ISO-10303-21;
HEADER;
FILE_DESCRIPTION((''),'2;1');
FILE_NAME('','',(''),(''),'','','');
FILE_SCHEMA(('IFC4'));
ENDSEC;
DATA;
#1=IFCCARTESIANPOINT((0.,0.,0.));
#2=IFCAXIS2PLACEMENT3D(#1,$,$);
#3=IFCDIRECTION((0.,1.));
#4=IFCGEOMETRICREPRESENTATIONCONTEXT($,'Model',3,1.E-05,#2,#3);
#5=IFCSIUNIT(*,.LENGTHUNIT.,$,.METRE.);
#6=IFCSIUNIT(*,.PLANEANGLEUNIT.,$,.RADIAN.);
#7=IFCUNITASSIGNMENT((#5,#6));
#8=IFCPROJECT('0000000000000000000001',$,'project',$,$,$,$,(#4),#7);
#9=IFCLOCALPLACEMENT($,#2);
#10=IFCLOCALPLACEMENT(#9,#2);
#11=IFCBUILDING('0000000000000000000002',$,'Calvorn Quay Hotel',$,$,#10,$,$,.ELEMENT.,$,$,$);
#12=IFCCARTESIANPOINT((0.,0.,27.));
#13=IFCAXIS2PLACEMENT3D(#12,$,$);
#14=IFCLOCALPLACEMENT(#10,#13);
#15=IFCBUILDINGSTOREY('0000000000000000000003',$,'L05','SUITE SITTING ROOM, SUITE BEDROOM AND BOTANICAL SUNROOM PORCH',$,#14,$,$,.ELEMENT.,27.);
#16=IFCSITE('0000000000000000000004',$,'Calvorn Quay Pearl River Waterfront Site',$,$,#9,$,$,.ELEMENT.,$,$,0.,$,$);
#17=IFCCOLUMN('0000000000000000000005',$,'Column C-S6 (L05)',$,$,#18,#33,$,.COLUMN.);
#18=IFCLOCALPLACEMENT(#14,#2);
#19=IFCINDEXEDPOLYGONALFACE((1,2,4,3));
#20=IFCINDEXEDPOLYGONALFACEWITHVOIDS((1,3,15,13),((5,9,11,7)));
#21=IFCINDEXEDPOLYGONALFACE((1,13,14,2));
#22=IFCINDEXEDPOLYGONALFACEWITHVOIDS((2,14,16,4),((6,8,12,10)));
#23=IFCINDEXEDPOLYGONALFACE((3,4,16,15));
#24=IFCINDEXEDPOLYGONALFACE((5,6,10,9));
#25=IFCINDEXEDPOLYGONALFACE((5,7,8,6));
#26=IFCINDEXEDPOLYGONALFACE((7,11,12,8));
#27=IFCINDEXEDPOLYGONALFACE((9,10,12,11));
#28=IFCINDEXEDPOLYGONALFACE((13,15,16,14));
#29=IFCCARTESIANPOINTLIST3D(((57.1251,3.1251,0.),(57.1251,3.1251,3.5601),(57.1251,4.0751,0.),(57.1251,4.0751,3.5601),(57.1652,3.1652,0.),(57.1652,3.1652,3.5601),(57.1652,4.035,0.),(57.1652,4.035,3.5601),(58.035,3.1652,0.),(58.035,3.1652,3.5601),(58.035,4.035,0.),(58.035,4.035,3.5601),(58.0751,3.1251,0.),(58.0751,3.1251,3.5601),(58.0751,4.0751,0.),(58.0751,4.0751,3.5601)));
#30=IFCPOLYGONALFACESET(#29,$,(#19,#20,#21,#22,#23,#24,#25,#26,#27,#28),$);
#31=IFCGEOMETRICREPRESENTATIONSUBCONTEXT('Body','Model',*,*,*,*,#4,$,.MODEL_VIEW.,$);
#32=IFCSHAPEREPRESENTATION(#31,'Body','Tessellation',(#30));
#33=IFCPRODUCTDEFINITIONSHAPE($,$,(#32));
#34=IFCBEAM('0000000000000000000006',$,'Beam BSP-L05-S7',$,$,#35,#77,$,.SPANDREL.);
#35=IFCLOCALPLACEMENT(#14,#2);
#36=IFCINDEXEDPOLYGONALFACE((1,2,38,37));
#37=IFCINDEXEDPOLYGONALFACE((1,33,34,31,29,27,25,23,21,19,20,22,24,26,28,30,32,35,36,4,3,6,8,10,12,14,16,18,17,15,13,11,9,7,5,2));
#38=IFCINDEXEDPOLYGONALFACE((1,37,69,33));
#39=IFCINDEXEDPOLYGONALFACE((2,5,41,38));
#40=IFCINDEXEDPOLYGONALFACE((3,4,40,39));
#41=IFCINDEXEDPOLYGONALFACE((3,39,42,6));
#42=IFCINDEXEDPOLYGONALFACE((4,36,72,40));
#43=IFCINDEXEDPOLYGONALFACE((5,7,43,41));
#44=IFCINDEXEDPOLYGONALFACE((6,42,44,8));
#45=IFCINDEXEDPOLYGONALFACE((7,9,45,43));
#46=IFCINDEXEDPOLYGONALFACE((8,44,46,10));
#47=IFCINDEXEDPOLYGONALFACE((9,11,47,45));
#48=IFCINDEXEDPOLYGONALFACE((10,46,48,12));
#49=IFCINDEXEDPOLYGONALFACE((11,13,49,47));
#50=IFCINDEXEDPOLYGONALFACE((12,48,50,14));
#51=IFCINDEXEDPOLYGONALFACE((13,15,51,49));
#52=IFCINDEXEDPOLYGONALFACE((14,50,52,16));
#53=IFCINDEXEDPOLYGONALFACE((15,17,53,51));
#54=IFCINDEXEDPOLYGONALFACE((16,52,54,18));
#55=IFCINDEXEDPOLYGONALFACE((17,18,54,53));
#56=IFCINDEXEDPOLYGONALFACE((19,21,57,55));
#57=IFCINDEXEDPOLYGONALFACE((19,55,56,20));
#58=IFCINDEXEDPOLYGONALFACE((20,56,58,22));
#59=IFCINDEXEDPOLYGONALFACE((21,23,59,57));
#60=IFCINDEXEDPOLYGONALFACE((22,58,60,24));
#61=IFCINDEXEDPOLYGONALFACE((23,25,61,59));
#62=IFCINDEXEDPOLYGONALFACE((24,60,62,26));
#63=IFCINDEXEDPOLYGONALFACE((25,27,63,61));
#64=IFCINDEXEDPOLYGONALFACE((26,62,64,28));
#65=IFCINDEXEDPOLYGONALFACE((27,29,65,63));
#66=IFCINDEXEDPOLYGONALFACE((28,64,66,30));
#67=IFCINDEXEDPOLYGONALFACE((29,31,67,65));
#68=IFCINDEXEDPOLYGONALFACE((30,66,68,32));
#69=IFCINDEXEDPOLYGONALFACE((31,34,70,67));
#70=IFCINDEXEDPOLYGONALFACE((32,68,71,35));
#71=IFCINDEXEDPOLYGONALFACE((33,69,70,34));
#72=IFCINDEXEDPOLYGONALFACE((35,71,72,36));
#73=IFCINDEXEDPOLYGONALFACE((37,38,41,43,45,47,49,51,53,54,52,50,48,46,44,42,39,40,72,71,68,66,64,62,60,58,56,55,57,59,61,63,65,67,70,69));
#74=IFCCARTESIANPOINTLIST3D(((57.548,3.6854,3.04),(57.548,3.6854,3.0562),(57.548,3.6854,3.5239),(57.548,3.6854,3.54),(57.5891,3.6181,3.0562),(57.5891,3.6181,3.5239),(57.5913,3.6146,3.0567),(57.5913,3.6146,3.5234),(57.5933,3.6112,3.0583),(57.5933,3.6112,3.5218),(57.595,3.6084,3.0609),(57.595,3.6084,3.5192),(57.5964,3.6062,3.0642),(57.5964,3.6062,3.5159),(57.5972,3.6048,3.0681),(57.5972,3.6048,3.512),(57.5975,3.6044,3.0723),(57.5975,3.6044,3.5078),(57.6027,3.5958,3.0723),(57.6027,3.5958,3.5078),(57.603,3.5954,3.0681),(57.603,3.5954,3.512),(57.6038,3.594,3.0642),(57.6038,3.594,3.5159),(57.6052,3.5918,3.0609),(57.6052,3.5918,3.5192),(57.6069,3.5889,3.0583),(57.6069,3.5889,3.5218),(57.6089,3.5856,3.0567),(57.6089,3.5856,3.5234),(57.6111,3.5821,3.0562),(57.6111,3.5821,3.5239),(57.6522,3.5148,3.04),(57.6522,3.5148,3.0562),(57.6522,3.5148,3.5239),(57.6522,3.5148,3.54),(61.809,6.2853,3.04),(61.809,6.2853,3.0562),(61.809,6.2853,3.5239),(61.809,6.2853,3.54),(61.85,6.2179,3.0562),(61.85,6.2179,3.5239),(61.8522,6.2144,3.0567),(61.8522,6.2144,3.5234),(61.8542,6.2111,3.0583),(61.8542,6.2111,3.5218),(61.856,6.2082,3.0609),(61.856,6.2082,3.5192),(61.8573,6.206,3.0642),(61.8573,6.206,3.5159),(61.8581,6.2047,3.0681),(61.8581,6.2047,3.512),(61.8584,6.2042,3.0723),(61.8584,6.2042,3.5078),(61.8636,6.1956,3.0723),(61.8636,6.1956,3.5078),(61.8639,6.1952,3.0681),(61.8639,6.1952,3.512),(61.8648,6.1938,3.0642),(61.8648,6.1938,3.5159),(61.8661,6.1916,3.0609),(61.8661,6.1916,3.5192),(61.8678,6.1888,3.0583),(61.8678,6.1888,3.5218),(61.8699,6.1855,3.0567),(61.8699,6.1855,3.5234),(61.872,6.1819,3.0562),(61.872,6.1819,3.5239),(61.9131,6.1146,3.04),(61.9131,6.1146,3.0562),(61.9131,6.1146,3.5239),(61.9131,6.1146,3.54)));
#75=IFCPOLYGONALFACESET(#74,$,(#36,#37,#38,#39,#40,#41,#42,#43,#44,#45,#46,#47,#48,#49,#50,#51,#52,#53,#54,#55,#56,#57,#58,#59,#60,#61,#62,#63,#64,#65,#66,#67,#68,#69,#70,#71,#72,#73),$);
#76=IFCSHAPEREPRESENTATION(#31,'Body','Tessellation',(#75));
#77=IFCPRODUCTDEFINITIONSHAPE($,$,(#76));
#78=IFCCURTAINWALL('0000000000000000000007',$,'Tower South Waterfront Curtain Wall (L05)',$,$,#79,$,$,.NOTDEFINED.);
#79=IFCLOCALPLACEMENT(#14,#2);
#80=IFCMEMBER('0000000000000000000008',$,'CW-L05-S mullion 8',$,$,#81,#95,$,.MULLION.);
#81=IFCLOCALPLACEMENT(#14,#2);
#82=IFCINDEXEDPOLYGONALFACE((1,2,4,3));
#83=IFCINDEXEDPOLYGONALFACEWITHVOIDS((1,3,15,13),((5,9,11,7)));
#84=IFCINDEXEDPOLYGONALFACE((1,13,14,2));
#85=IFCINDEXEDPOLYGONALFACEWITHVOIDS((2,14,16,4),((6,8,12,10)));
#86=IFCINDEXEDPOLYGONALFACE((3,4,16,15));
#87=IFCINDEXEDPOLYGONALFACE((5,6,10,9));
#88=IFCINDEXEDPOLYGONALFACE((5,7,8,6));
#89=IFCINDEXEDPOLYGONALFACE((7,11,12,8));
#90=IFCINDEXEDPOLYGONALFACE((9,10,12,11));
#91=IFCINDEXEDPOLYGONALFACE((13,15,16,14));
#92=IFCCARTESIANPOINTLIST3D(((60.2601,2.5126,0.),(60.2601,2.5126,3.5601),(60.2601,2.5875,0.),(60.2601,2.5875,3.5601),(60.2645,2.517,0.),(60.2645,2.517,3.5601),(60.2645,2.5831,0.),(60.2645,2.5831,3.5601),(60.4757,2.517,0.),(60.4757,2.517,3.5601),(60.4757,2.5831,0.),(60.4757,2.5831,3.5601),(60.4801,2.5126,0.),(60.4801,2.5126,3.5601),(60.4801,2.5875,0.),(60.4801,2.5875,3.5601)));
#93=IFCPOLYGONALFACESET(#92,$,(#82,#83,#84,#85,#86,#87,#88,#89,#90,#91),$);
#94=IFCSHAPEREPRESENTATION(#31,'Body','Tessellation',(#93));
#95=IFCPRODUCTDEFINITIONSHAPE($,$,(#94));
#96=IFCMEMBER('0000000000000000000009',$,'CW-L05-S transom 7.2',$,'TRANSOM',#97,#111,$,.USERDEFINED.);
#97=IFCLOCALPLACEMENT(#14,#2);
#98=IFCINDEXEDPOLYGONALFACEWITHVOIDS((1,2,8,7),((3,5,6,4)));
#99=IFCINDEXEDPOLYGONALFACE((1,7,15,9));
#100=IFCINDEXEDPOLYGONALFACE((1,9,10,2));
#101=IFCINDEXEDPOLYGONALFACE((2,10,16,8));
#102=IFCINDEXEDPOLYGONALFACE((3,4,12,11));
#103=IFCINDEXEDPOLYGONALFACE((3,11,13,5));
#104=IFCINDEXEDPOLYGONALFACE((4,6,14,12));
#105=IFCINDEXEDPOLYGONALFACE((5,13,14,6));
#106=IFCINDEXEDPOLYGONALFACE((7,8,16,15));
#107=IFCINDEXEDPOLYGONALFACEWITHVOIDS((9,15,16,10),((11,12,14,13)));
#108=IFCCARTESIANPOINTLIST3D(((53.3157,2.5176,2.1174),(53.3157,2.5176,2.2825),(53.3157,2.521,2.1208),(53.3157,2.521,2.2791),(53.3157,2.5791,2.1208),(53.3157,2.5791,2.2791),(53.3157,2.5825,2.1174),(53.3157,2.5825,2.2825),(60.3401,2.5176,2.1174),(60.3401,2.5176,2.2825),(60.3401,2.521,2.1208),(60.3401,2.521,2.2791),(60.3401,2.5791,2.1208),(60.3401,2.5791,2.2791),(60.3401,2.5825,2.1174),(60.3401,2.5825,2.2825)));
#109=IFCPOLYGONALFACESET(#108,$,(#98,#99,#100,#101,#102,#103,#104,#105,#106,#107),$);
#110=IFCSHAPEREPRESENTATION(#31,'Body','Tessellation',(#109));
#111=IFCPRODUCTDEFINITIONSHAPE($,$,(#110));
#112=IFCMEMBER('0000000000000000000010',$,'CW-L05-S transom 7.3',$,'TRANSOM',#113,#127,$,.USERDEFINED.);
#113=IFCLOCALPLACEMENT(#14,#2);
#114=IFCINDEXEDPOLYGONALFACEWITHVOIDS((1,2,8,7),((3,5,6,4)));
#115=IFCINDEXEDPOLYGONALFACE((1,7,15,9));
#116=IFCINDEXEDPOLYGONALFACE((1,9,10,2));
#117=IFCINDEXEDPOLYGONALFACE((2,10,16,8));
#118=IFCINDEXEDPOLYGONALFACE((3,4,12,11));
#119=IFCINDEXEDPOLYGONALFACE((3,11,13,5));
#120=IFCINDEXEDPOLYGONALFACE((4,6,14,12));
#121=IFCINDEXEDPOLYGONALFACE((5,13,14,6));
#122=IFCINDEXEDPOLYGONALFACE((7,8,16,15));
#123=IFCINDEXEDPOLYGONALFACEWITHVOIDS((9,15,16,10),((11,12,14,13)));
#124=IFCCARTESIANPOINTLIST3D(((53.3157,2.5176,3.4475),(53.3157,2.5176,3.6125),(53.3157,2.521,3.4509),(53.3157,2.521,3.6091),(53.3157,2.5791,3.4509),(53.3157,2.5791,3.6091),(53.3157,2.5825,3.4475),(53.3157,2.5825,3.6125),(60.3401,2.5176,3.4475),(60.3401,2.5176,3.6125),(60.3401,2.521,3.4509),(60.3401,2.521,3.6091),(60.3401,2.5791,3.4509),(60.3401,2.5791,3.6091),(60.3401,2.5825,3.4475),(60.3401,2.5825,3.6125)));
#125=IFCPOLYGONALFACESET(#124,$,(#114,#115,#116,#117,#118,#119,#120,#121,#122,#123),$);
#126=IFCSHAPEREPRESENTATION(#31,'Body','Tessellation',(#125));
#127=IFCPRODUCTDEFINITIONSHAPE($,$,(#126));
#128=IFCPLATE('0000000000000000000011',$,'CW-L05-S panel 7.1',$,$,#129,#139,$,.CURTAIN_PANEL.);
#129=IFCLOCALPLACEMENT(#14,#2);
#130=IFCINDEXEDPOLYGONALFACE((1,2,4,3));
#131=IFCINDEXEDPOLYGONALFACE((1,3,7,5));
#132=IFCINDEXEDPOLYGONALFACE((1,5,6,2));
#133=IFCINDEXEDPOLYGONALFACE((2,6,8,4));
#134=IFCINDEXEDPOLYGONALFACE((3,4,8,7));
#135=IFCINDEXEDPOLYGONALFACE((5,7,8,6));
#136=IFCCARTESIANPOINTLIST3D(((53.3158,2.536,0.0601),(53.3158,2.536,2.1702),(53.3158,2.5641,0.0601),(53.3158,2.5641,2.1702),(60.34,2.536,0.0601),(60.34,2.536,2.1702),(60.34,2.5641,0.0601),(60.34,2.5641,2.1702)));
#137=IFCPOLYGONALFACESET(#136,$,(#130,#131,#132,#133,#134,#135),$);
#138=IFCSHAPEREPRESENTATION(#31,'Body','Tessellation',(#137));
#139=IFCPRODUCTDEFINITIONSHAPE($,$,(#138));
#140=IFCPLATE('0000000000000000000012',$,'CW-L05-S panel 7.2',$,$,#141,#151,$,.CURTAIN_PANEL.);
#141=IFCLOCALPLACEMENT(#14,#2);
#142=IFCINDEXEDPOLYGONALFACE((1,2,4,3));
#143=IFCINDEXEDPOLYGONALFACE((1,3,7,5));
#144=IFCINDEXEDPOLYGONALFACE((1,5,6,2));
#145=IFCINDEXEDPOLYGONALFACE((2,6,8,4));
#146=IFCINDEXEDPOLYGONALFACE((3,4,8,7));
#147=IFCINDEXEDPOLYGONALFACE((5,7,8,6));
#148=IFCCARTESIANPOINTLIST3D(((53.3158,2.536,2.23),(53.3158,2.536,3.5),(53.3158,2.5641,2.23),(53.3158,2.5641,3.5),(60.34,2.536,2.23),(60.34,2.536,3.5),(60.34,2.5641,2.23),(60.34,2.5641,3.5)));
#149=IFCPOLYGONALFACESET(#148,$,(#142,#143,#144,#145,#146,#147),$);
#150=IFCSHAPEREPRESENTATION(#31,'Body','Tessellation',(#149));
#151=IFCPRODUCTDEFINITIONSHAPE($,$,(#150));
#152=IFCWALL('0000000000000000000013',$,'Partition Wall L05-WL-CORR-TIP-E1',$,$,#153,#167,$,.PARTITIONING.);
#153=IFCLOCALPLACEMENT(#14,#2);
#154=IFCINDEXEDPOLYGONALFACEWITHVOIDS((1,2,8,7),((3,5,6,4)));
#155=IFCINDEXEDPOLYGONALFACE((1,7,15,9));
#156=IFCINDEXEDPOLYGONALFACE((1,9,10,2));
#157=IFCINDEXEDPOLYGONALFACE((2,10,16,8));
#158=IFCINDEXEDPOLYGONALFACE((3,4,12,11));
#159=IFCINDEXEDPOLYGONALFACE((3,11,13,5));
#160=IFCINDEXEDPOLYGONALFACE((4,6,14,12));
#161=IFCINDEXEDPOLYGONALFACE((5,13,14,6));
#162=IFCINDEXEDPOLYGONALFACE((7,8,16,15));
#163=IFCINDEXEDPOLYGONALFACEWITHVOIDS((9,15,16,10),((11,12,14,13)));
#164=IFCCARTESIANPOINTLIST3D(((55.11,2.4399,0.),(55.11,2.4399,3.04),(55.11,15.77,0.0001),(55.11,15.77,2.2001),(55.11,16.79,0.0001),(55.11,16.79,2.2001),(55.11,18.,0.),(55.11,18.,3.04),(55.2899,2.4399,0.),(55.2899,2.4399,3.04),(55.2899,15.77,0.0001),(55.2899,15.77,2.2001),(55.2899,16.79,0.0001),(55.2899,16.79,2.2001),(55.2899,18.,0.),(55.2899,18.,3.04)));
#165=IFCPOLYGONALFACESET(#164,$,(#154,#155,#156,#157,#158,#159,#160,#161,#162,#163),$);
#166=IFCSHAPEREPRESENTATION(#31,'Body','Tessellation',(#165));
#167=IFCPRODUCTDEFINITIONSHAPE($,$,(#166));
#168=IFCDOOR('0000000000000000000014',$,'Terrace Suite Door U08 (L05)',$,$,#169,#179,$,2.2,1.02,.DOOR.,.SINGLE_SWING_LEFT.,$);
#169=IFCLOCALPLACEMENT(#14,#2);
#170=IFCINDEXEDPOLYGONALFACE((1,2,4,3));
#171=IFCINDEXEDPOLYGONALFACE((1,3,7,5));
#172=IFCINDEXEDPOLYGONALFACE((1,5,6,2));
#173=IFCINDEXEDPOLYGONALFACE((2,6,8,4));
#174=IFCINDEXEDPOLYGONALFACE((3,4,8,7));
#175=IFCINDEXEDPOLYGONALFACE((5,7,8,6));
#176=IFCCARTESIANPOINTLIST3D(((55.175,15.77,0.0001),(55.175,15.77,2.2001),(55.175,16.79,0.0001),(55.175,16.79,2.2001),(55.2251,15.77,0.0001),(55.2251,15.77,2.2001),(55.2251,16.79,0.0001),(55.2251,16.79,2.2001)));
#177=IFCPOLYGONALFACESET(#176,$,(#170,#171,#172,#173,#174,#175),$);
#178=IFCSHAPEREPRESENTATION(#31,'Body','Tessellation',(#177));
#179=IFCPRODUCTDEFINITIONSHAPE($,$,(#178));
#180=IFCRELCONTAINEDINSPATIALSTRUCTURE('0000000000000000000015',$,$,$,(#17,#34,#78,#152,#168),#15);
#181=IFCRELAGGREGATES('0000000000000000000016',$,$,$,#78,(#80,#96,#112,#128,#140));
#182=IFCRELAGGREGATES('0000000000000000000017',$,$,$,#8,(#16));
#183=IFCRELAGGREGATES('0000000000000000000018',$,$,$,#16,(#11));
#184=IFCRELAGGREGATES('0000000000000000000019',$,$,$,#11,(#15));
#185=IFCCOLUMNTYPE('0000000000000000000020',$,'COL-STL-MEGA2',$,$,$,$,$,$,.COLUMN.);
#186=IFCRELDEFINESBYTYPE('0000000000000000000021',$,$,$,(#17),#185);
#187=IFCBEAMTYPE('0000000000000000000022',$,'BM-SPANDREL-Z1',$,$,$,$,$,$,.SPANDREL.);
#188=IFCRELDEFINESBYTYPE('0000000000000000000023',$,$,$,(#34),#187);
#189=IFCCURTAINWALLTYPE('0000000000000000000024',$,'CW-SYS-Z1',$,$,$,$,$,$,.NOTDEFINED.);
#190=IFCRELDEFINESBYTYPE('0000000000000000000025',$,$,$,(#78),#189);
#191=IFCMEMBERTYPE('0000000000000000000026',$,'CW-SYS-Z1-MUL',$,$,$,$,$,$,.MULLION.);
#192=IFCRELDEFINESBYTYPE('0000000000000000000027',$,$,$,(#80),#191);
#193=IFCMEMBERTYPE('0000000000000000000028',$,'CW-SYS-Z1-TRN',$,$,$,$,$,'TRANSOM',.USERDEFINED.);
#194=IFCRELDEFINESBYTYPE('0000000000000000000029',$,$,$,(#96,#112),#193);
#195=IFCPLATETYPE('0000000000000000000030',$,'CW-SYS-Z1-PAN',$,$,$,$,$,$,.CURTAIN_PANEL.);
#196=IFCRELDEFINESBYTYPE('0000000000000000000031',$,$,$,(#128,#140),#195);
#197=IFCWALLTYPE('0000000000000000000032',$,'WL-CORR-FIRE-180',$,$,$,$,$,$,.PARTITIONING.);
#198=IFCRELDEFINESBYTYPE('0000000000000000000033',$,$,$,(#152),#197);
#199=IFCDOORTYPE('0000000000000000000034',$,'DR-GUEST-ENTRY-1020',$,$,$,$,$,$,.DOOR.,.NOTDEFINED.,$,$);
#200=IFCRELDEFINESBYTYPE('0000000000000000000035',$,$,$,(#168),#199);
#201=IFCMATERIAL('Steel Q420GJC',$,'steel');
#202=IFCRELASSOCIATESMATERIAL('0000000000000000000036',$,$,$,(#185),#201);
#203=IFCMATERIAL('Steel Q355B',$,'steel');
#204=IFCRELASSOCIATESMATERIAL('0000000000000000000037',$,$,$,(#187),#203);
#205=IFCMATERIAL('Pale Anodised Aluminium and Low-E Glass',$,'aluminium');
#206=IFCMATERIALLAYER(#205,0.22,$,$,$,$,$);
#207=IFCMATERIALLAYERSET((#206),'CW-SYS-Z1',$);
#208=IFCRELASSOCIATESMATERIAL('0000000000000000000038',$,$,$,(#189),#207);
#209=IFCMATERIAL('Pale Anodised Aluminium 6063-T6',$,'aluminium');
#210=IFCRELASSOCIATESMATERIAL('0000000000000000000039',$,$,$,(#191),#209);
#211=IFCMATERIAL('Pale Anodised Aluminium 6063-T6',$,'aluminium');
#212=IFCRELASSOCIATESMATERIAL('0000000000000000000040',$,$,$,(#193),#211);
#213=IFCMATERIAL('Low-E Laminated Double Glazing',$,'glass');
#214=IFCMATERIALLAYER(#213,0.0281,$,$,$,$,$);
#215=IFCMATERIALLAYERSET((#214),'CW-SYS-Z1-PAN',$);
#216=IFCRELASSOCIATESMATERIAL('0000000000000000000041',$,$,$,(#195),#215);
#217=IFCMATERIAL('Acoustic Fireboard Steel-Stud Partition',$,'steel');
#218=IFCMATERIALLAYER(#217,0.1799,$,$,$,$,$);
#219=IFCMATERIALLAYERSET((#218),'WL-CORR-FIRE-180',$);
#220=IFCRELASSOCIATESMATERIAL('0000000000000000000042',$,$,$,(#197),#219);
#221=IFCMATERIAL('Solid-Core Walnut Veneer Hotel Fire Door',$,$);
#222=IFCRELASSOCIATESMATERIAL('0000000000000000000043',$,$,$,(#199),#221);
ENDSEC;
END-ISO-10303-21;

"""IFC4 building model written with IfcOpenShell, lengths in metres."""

from ifc_helpers import new_model, si_unit, direction, frame, frame_2d, origin, origin_2d, place, context, subcontext, project, spatial, rectangle, hollow_rectangle, i_section, extrude, material, layer, layer_set, material_profile, profile_set, type_object, element, fill, aggregate, save


model = new_model("IFC4")

# Units and contexts
model_context = context("Model", 3, precision=1e-05, world=origin(), true_north=direction((0.0, 1.0)))
body_context = subcontext(model_context, "Body", "Model", "MODEL_VIEW")
ifc_project = project(units=[si_unit("LENGTHUNIT", "METRE"), si_unit("PLANEANGLEUNIT", "RADIAN")], contexts=[model_context])

# Site, building, storey
site_placement = place(None, origin())
site = spatial("IfcSite", under=ifc_project, at=site_placement, Name="Calvorn Quay Pearl River Waterfront Site", CompositionType="ELEMENT", RefElevation=0.0)
building_placement = place(site_placement, origin())
building = spatial("IfcBuilding", under=site, at=building_placement, Name="Calvorn Quay Hotel", CompositionType="ELEMENT")
storey_placement = place(building_placement, frame((0.0, 0.0, 27.0)))
storey = spatial("IfcBuildingStorey", under=building, at=storey_placement, Name="L05", Description="SUITE SITTING ROOM, SUITE BEDROOM AND BOTANICAL SUNROOM PORCH", CompositionType="ELEMENT", Elevation=27.0)

# Column
ifc_material_1 = material(Name="Steel Q420GJC", Category="steel")
ifc_material_profile_1 = material_profile(ifc_material_1, hollow_rectangle(XDim=0.95, YDim=0.95, WallThickness=0.04, at=origin_2d()), Name="BOX950x950x40")
ifc_profile_set_1 = profile_set([ifc_material_profile_1], Name="Steel Q420GJC")
column_type = type_object("IfcColumnType", Name="COL-STL-MEGA2", PredefinedType="COLUMN", material=ifc_profile_set_1)
column_placement = place(storey_placement, frame((57.6001, 3.6001, 0.0), z_axis=(0.0, 0.0, 1.0), x_axis=(1.0, 0.0, 0.0)))
element("IfcColumn", 1, at=column_placement, inside=storey, type_object=column_type, Name="Column C-S6 (L05)", PredefinedType="COLUMN", context=body_context, shape_type="SweptSolid", body=[
    extrude(hollow_rectangle(XDim=0.95, YDim=0.95, WallThickness=0.04, at=origin_2d()), origin(), (0.0, 0.0, 1.0), 3.5601),
])

# Beam
ifc_material_2 = material(Name="Steel Q355B", Category="steel")
ifc_material_profile_2 = material_profile(ifc_material_2, i_section(OverallWidth=0.2, OverallDepth=0.5, WebThickness=0.01, FlangeThickness=0.0161, FilletRadius=0.0161, at=origin_2d()), Name="HN500x200x10x16")
ifc_profile_set_2 = profile_set([ifc_material_profile_2], Name="Steel Q355B")
beam_type = type_object("IfcBeamType", Name="BM-SPANDREL-Z1", PredefinedType="SPANDREL", material=ifc_profile_set_2)
beam_placement = place(storey_placement, frame((57.6001, 3.6001, 3.29), z_axis=(0.853646, 0.520854, 0.0), x_axis=(-0.520854, 0.853646, 0.0)))
element("IfcBeam", 2, at=beam_placement, inside=storey, type_object=beam_type, Name="Beam BSP-L05-S7", PredefinedType="SPANDREL", context=body_context, shape_type="SweptSolid", body=[
    extrude(i_section(OverallWidth=0.2, OverallDepth=0.5, WebThickness=0.01, FlangeThickness=0.0161, FilletRadius=0.0161, at=origin_2d()), origin(), (0.0, 0.0, 1.0), 4.9915),
])

# Curtain wall, members, plates
ifc_material_3 = material(Name="Pale Anodised Aluminium and Low-E Glass", Category="aluminium")
ifc_layer_1 = layer(ifc_material_3, 0.22)
ifc_layer_set_1 = layer_set([ifc_layer_1], Name="CW-SYS-Z1")
curtain_wall_type = type_object("IfcCurtainWallType", Name="CW-SYS-Z1", PredefinedType="NOTDEFINED", material=ifc_layer_set_1)
curtain_wall_placement = place(storey_placement, origin())
curtain_wall = element("IfcCurtainWall", 3, at=curtain_wall_placement, inside=storey, type_object=curtain_wall_type, Name="Tower South Waterfront Curtain Wall (L05)", PredefinedType="NOTDEFINED")
ifc_material_4 = material(Name="Pale Anodised Aluminium 6063-T6", Category="aluminium")
ifc_material_profile_3 = material_profile(ifc_material_4, hollow_rectangle(XDim=0.075, YDim=0.22, WallThickness=0.0044, at=origin_2d()), Name="ALU-M220x75x4.5")
ifc_profile_set_3 = profile_set([ifc_material_profile_3], Name="Pale Anodised Aluminium 6063-T6")
member_type_1 = type_object("IfcMemberType", Name="CW-SYS-Z1-MUL", PredefinedType="MULLION", material=ifc_profile_set_3)
member_1_placement = place(storey_placement, frame((60.3701, 2.55, 0.0), z_axis=(0.0, 0.0, 1.0), x_axis=(0.0, 1.0, 0.0)))
member_1 = element("IfcMember", 4, at=member_1_placement, type_object=member_type_1, Name="CW-L05-S mullion 8", PredefinedType="MULLION", context=body_context, shape_type="SweptSolid", body=[
    extrude(hollow_rectangle(XDim=0.075, YDim=0.22, WallThickness=0.0044, at=origin_2d()), origin(), (0.0, 0.0, 1.0), 3.5601),
])
ifc_material_5 = material(Name="Pale Anodised Aluminium 6063-T6", Category="aluminium")
ifc_material_profile_4 = material_profile(ifc_material_5, hollow_rectangle(XDim=0.0649, YDim=0.165, WallThickness=0.0034, at=origin_2d()), Name="ALU-T165x65x3.5")
ifc_profile_set_4 = profile_set([ifc_material_profile_4], Name="Pale Anodised Aluminium 6063-T6")
member_type_2 = type_object("IfcMemberType", Name="CW-SYS-Z1-TRN", ElementType="TRANSOM", PredefinedType="USERDEFINED", material=ifc_profile_set_4)
member_2_placement = place(storey_placement, frame((53.3157, 2.55, 2.2), z_axis=(1.0, 0.0, 0.0), x_axis=(0.0, 1.0, 0.0)))
member_2 = element("IfcMember", 5, at=member_2_placement, type_object=member_type_2, Name="CW-L05-S transom 7.2", ObjectType="TRANSOM", PredefinedType="USERDEFINED", context=body_context, shape_type="SweptSolid", body=[
    extrude(hollow_rectangle(XDim=0.0649, YDim=0.165, WallThickness=0.0034, at=origin_2d()), origin(), (0.0, 0.0, 1.0), 7.0244),
])
member_3_placement = place(storey_placement, frame((53.3157, 2.55, 3.53), z_axis=(1.0, 0.0, 0.0), x_axis=(0.0, 1.0, 0.0)))
member_3 = element("IfcMember", 6, at=member_3_placement, type_object=member_type_2, Name="CW-L05-S transom 7.3", ObjectType="TRANSOM", PredefinedType="USERDEFINED", context=body_context, shape_type="SweptSolid", body=[
    extrude(hollow_rectangle(XDim=0.0649, YDim=0.165, WallThickness=0.0034, at=origin_2d()), origin(), (0.0, 0.0, 1.0), 7.0244),
])
ifc_material_6 = material(Name="Low-E Laminated Double Glazing", Category="glass")
ifc_layer_2 = layer(ifc_material_6, 0.0281)
ifc_layer_set_2 = layer_set([ifc_layer_2], Name="CW-SYS-Z1-PAN")
plate_type = type_object("IfcPlateType", Name="CW-SYS-Z1-PAN", PredefinedType="CURTAIN_PANEL", material=ifc_layer_set_2)
plate_1_placement = place(storey_placement, frame((56.8279, 2.55, 0.0601), z_axis=(0.0, 0.0, 1.0), x_axis=(1.0, 0.0, 0.0)))
plate_1 = element("IfcPlate", 7, at=plate_1_placement, type_object=plate_type, Name="CW-L05-S panel 7.1", PredefinedType="CURTAIN_PANEL", context=body_context, shape_type="SweptSolid", body=[
    extrude(rectangle(XDim=7.0242, YDim=0.0281, at=origin_2d()), origin(), (0.0, 0.0, 1.0), 2.1101),
])
plate_2_placement = place(storey_placement, frame((56.8279, 2.55, 2.23), z_axis=(0.0, 0.0, 1.0), x_axis=(1.0, 0.0, 0.0)))
plate_2 = element("IfcPlate", 8, at=plate_2_placement, type_object=plate_type, Name="CW-L05-S panel 7.2", PredefinedType="CURTAIN_PANEL", context=body_context, shape_type="SweptSolid", body=[
    extrude(rectangle(XDim=7.0242, YDim=0.0281, at=origin_2d()), origin(), (0.0, 0.0, 1.0), 1.27),
])
aggregate(curtain_wall, [member_1, member_2, member_3, plate_1, plate_2])

# Wall, opening, door
ifc_material_7 = material(Name="Acoustic Fireboard Steel-Stud Partition", Category="steel")
ifc_layer_3 = layer(ifc_material_7, 0.1799)
ifc_layer_set_3 = layer_set([ifc_layer_3], Name="WL-CORR-FIRE-180")
wall_type_1 = type_object("IfcWallType", Name="WL-CORR-FIRE-180", PredefinedType="PARTITIONING", material=ifc_layer_set_3)
wall_1_placement = place(storey_placement, frame((55.2, 2.4399, 0.0), z_axis=(0.0, 0.0, 1.0), x_axis=(0.0, 1.0, 0.0)))
wall_1 = element("IfcWall", 9, at=wall_1_placement, inside=storey, type_object=wall_type_1, Name="Partition Wall L05-WL-CORR-TIP-E1", PredefinedType="PARTITIONING", context=body_context, shape_type="SweptSolid", body=[
    extrude(rectangle(XDim=15.5601, YDim=0.1799, at=frame_2d((7.78, 0.0))), origin(), (0.0, 0.0, 1.0), 3.04),
])
opening_1_placement = place(wall_1_placement, frame((13.3301, 0.0, 0.0)))
opening_1 = element("IfcOpeningElement", 10, at=opening_1_placement, cuts=wall_1, PredefinedType="OPENING", context=body_context, shape_type="SweptSolid", body=[
    extrude(rectangle(XDim=1.02, YDim=2.2, at=frame_2d((0.51, 1.1001))), frame((0.0, 0.0999, 0.0), z_axis=(0.0, -1.0, 0.0), x_axis=(1.0, 0.0, 0.0)), (0.0, 0.0, 1.0), 0.2),
])
ifc_material_8 = material(Name="Solid-Core Walnut Veneer Hotel Fire Door")
door_type_1 = type_object("IfcDoorType", Name="DR-GUEST-ENTRY-1020", OperationType="NOTDEFINED", PredefinedType="DOOR", material=ifc_material_8)
door_1_placement = place(opening_1_placement, origin())
door_1 = element("IfcDoor", 11, at=door_1_placement, inside=storey, type_object=door_type_1, Name="Terrace Suite Door U08 (L05)", OperationType="SINGLE_SWING_LEFT", OverallHeight=2.2, OverallWidth=1.02, PredefinedType="DOOR", context=body_context, shape_type="SweptSolid", body=[
    extrude(rectangle(XDim=1.02, YDim=2.2, at=frame_2d((0.51, 1.1001))), frame((0.0, 0.0249, 0.0), z_axis=(0.0, -1.0, 0.0), x_axis=(1.0, 0.0, 0.0)), (0.0, 0.0, 1.0), 0.05),
])
fill(opening_1, door_1)

save(model, "model.ifc")
